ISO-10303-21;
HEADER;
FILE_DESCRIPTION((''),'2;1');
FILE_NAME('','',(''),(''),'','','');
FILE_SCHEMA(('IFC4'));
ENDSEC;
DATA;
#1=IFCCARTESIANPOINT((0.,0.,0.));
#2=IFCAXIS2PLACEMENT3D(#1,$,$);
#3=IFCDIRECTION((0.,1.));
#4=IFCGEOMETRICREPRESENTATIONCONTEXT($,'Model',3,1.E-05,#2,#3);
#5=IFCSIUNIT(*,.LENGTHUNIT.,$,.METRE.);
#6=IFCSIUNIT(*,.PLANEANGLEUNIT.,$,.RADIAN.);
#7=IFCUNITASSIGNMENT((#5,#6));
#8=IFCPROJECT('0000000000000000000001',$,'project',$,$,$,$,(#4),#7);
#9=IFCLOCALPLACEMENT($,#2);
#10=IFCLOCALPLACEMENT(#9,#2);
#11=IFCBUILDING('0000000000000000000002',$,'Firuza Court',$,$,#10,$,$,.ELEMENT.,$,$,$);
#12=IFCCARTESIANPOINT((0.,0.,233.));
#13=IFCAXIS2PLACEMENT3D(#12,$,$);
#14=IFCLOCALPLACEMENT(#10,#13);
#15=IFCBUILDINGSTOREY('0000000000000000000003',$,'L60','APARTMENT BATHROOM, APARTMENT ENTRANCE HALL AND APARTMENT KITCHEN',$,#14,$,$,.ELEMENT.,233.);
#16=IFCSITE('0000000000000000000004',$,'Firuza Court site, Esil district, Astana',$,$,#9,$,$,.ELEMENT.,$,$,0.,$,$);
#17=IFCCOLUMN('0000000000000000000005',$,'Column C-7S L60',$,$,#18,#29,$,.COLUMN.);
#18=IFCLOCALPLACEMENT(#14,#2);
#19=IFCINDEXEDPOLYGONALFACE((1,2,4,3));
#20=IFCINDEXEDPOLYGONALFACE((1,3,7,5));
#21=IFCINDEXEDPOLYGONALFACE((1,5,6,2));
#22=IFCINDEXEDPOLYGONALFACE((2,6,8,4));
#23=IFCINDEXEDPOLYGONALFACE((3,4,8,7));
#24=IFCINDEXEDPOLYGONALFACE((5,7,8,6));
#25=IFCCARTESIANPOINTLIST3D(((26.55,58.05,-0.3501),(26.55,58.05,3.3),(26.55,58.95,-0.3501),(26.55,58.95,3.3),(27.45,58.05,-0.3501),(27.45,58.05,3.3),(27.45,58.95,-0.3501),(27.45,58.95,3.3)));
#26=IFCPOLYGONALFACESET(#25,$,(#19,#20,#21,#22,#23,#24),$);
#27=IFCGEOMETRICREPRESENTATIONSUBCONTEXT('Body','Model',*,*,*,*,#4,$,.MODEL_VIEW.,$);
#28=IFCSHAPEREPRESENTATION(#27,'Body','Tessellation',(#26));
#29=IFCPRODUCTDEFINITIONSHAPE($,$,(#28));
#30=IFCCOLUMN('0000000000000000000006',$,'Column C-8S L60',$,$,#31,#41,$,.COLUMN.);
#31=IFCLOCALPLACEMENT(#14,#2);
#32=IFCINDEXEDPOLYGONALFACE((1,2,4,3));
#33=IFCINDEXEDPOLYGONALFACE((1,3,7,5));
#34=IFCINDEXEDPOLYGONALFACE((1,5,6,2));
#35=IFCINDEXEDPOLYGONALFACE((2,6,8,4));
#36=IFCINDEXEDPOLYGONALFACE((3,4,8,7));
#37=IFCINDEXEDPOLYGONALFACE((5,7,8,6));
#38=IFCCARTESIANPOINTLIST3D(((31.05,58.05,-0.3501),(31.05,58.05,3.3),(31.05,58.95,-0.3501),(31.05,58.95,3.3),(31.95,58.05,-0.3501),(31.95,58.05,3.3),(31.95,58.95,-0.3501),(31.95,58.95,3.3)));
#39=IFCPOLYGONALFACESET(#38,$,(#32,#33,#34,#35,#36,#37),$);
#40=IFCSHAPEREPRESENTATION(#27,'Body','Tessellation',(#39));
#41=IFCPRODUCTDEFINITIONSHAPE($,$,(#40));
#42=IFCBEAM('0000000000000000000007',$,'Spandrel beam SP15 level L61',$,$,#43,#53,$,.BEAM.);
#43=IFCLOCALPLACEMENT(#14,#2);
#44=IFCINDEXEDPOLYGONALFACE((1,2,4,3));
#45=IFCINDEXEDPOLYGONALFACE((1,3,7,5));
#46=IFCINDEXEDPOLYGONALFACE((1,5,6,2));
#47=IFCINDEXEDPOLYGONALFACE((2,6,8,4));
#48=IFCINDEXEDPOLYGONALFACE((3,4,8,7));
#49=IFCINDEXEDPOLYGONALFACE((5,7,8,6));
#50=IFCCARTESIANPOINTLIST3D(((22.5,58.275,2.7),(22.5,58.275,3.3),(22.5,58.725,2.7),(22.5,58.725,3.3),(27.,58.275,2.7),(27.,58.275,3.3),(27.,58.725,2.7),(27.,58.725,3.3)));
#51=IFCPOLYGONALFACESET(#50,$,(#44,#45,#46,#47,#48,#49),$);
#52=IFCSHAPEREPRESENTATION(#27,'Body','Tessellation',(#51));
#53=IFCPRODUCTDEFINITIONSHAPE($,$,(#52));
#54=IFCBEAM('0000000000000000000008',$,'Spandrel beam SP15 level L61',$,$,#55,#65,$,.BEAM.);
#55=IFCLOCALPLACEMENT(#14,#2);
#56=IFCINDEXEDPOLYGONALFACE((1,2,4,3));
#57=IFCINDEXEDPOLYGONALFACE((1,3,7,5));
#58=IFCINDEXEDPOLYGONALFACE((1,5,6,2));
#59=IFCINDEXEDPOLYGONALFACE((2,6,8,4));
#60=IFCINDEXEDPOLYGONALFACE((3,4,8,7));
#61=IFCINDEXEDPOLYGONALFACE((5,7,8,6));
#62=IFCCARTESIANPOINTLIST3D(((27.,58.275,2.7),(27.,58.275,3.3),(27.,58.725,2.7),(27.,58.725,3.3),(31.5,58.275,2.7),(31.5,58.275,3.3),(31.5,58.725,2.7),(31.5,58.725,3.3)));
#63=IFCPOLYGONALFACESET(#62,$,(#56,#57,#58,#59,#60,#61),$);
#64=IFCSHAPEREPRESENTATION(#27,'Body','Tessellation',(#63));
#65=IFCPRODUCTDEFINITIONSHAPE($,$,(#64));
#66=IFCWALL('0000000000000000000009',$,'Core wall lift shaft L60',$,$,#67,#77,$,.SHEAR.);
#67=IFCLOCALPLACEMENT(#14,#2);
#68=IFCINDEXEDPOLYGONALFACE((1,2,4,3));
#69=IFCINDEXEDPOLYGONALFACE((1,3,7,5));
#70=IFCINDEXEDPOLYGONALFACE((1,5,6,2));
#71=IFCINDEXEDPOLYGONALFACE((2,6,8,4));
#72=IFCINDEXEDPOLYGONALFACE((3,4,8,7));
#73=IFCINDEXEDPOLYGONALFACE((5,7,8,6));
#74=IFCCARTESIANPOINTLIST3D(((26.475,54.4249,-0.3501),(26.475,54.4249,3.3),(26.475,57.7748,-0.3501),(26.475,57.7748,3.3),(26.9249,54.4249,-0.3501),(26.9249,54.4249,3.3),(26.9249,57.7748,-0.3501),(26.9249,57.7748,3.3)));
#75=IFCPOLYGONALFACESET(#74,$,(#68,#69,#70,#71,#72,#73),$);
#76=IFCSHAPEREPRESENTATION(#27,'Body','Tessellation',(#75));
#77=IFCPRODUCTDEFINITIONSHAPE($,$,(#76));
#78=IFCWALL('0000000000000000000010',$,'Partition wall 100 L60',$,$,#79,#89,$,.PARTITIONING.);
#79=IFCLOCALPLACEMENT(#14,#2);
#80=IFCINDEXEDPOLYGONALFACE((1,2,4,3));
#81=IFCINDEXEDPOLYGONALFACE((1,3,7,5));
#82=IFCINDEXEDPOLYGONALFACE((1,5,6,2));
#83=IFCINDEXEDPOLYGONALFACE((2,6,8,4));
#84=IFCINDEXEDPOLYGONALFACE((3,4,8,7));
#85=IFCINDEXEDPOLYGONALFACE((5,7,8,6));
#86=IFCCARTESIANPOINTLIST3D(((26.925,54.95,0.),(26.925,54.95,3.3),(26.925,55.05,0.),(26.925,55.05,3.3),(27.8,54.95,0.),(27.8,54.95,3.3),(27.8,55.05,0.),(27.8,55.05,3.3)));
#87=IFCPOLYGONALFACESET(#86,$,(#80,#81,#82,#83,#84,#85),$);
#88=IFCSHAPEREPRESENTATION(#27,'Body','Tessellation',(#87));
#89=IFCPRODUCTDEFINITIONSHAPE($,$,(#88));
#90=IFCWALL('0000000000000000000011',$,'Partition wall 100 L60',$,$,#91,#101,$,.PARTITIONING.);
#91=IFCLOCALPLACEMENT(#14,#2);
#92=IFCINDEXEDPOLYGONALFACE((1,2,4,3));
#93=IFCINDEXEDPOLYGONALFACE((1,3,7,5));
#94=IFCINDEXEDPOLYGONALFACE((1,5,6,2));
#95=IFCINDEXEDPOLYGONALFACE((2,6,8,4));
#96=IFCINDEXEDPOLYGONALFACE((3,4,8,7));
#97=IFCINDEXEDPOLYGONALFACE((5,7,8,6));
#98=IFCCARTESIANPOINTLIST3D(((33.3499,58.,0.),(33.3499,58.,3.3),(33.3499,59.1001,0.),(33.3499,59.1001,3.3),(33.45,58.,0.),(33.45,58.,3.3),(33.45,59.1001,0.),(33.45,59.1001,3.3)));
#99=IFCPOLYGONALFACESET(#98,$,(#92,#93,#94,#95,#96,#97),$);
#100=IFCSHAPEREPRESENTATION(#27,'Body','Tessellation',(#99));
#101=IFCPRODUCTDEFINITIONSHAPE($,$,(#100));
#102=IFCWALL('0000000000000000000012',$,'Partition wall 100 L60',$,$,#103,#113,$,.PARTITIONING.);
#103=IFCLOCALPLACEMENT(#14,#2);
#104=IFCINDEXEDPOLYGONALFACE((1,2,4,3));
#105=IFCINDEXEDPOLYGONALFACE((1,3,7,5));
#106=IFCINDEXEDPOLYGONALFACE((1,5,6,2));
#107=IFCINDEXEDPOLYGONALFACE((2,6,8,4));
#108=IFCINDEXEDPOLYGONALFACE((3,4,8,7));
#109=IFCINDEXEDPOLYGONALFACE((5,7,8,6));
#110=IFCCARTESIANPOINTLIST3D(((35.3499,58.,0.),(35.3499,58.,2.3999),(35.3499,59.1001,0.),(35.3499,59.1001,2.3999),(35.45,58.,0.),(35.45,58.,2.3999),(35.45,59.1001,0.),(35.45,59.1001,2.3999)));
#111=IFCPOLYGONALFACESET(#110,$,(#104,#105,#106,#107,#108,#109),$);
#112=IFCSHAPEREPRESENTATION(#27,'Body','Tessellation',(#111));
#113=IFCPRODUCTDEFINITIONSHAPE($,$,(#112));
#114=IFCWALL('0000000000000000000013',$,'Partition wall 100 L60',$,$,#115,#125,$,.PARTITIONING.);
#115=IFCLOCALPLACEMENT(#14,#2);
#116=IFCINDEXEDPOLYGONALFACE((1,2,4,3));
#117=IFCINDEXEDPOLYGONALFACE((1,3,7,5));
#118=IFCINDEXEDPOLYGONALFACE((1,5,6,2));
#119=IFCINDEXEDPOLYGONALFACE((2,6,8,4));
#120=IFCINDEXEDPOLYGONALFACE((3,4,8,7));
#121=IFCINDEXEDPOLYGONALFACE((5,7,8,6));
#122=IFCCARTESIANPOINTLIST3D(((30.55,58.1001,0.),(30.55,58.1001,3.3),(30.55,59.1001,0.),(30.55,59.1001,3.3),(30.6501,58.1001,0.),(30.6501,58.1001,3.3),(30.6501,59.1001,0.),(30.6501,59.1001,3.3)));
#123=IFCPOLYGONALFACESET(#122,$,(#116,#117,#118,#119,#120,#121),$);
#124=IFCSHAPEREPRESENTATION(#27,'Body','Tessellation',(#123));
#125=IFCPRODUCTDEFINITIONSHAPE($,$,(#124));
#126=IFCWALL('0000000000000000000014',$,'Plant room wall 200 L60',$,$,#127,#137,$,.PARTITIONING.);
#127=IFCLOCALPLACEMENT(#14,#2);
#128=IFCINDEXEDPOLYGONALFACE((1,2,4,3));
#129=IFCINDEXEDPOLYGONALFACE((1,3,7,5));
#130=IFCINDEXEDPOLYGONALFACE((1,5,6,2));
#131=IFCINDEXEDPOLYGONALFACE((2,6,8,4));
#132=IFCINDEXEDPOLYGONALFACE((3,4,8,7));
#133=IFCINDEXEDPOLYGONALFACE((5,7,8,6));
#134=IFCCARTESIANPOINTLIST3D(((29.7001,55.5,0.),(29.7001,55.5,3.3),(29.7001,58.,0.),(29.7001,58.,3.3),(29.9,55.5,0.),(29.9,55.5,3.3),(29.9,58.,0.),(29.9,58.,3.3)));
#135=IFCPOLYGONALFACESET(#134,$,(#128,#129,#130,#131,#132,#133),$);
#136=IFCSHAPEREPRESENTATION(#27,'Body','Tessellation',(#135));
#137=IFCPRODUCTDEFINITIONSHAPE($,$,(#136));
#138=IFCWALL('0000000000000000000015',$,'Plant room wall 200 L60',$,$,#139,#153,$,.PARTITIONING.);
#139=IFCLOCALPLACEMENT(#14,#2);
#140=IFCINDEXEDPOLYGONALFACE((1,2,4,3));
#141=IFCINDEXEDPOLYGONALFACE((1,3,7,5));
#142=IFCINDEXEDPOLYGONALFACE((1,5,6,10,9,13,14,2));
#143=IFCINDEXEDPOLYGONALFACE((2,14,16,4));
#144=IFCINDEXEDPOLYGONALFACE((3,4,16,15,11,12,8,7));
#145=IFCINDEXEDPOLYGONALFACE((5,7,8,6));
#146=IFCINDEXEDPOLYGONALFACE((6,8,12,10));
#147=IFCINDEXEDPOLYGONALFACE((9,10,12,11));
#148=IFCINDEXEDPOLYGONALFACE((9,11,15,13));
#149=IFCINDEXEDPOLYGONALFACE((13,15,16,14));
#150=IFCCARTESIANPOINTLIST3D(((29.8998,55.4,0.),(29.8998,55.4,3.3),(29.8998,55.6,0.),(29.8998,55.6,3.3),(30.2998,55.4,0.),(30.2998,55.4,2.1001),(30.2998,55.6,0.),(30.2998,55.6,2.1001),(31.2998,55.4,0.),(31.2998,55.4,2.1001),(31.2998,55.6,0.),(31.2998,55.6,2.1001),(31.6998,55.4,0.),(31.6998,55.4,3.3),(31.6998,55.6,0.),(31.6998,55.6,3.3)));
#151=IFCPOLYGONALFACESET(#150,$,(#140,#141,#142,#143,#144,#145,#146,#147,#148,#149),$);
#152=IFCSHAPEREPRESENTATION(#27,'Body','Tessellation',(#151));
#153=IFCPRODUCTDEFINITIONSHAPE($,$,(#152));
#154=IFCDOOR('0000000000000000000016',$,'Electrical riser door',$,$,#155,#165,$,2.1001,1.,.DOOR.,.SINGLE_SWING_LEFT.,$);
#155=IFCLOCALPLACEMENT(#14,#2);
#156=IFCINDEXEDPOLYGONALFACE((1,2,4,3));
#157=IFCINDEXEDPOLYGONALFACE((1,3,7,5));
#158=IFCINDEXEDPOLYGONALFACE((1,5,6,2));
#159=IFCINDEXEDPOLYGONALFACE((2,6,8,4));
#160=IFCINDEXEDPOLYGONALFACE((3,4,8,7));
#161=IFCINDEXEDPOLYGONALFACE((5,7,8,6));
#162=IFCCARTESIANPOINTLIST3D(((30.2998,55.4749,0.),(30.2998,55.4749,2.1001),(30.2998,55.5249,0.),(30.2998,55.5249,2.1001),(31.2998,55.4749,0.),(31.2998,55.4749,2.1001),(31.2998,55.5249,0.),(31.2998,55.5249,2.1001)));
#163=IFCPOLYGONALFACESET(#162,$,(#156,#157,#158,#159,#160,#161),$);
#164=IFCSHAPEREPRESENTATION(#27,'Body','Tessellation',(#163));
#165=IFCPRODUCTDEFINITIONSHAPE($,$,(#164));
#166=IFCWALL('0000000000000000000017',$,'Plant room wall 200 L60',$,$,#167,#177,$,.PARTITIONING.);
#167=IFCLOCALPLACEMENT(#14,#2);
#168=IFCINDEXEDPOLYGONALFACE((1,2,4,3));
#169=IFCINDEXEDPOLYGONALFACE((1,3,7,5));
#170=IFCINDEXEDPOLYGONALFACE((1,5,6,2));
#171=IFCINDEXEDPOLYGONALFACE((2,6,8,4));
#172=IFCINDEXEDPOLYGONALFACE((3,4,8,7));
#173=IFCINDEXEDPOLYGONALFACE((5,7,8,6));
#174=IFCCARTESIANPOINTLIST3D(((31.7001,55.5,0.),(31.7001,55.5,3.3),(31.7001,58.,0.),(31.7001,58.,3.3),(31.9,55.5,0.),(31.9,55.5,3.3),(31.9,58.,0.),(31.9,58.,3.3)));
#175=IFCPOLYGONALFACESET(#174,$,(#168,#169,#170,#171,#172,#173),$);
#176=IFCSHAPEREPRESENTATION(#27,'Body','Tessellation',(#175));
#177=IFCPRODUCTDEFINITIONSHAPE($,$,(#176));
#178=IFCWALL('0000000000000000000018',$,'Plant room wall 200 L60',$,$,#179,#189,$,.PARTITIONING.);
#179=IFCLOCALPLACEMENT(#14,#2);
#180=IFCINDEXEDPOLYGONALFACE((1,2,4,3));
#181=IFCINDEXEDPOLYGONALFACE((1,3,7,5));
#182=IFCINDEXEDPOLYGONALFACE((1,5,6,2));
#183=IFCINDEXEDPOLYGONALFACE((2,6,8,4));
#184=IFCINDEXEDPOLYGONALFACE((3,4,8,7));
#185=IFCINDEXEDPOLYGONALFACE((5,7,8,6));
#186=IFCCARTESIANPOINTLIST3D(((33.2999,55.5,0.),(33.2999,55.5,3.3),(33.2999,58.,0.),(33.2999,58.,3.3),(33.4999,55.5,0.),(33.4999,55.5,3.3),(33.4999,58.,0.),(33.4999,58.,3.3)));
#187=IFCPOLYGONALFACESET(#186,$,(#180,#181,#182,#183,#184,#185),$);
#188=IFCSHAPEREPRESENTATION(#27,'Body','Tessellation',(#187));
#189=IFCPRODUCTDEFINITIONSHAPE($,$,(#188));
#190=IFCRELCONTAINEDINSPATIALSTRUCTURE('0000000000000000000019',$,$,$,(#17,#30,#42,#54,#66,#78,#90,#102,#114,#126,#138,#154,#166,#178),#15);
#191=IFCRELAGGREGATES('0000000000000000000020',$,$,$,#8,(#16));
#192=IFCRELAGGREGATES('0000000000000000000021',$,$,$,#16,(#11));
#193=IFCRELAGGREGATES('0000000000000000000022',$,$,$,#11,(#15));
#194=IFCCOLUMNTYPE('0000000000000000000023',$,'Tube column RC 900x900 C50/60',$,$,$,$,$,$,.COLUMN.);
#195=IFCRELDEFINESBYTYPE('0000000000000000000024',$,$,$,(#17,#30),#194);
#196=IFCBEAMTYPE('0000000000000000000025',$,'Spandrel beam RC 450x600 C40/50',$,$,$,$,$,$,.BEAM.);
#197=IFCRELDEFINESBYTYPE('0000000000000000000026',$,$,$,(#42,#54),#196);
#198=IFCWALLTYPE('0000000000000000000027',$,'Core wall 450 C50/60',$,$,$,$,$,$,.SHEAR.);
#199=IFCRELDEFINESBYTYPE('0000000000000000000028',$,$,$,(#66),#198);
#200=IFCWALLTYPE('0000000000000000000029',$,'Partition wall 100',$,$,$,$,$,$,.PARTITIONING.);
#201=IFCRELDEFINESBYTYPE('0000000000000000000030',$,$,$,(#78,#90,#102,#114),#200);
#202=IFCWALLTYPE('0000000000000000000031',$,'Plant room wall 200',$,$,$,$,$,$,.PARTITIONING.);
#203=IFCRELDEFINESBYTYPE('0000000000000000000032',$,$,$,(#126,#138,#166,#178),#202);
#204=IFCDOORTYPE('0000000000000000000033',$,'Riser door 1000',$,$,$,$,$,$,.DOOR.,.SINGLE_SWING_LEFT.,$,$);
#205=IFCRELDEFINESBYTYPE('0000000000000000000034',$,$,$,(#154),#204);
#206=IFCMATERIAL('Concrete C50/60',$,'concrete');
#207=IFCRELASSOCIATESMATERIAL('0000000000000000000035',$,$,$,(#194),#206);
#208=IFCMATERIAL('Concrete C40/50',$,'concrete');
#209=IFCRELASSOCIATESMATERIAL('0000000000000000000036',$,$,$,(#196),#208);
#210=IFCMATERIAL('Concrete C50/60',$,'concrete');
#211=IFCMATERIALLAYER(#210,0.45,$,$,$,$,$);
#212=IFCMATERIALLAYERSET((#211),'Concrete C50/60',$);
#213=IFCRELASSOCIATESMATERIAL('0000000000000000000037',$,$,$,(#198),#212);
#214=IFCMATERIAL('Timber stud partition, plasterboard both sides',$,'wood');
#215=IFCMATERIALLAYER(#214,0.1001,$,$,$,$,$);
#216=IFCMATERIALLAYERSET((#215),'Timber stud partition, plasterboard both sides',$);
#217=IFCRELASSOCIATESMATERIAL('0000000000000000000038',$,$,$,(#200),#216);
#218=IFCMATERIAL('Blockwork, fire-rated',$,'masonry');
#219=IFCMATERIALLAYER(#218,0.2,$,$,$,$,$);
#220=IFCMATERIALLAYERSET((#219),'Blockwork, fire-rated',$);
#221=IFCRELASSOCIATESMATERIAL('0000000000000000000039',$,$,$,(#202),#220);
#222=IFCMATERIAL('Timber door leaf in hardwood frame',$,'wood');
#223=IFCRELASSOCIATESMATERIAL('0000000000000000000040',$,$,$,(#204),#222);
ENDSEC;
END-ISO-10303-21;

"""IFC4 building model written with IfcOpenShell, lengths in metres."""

from ifc_helpers import new_model, si_unit, direction, frame, frame_2d, origin, origin_2d, place, context, subcontext, project, spatial, rectangle, extrude, material, layer, layer_set, material_profile, profile_set, type_object, element, fill, save


model = new_model("IFC4")

# Units and contexts
model_context = context("Model", 3, precision=1e-05, world=origin(), true_north=direction((0.0, 1.0)))
body_context = subcontext(model_context, "Body", "Model", "MODEL_VIEW")
ifc_project = project(units=[si_unit("LENGTHUNIT", "METRE"), si_unit("PLANEANGLEUNIT", "RADIAN")], contexts=[model_context])

# Site, building, storey
site_placement = place(None, origin())
site = spatial("IfcSite", under=ifc_project, at=site_placement, Name="Firuza Court site, Esil district, Astana", CompositionType="ELEMENT", RefElevation=0.0)
building_placement = place(site_placement, origin())
building = spatial("IfcBuilding", under=site, at=building_placement, Name="Firuza Court", CompositionType="ELEMENT")
storey_placement = place(building_placement, frame((0.0, 0.0, 233.0)))
storey = spatial("IfcBuildingStorey", under=building, at=storey_placement, Name="L60", Description="APARTMENT BATHROOM, APARTMENT ENTRANCE HALL AND APARTMENT KITCHEN", CompositionType="ELEMENT", Elevation=233.0)

# Columns
ifc_material_1 = material(Name="Concrete C50/60", Category="concrete")
ifc_material_profile_1 = material_profile(ifc_material_1, rectangle(XDim=0.8999, YDim=0.8999, at=origin_2d()), Name="RC 900x900")
ifc_profile_set_1 = profile_set([ifc_material_profile_1], Name="Concrete C50/60")
column_type = type_object("IfcColumnType", Name="Tube column RC 900x900 C50/60", PredefinedType="COLUMN", material=ifc_profile_set_1)
for number, where, z_axis, x_axis, name in (
    (1, (27.0, 58.5, -0.3501), (0.0, 0.0, 1.0), (1.0, 0.0, 0.0), "Column C-7S L60"),
    (2, (31.5, 58.5, -0.3501), (0.0, 0.0, 1.0), (1.0, 0.0, 0.0), "Column C-8S L60"),
):
    element("IfcColumn", number, at=place(storey_placement, frame(where, z_axis=z_axis, x_axis=x_axis)), inside=storey, type_object=column_type, Name=name, PredefinedType="COLUMN", context=body_context, shape_type="SweptSolid", body=[
        extrude(rectangle(XDim=0.8999, YDim=0.8999, at=origin_2d()), origin(), (0.0, 0.0, 1.0), 3.6501),
    ])

# Beams
ifc_material_2 = material(Name="Concrete C40/50", Category="concrete")
ifc_material_profile_2 = material_profile(ifc_material_2, rectangle(XDim=0.45, YDim=0.6001, at=origin_2d()), Name="RC 450x600")
ifc_profile_set_2 = profile_set([ifc_material_profile_2], Name="Concrete C40/50")
beam_type = type_object("IfcBeamType", Name="Spandrel beam RC 450x600 C40/50", PredefinedType="BEAM", material=ifc_profile_set_2)
for number, where, z_axis, x_axis, name in (
    (3, (27.0, 58.5, 3.0), (-1.0, 0.0, 0.0), (0.0, -1.0, 0.0), "Spandrel beam SP15 level L61"),
    (4, (31.5, 58.5, 3.0), (-1.0, 0.0, 0.0), (0.0, -1.0, 0.0), "Spandrel beam SP15 level L61"),
):
    element("IfcBeam", number, at=place(storey_placement, frame(where, z_axis=z_axis, x_axis=x_axis)), inside=storey, type_object=beam_type, Name=name, PredefinedType="BEAM", context=body_context, shape_type="SweptSolid", body=[
        extrude(rectangle(XDim=0.45, YDim=0.6001, at=origin_2d()), origin(), (0.0, 0.0, 1.0), 4.5),
    ])

# Walls
ifc_material_3 = material(Name="Concrete C50/60", Category="concrete")
ifc_layer_1 = layer(ifc_material_3, 0.45)
ifc_layer_set_1 = layer_set([ifc_layer_1], Name="Concrete C50/60")
wall_type_1 = type_object("IfcWallType", Name="Core wall 450 C50/60", PredefinedType="SHEAR", material=ifc_layer_set_1)
wall_1_placement = place(storey_placement, frame((26.7, 54.425, -0.3501), z_axis=(0.0, 0.0, 1.0), x_axis=(0.0, 1.0, 0.0)))
element("IfcWall", 5, at=wall_1_placement, inside=storey, type_object=wall_type_1, Name="Core wall lift shaft L60", PredefinedType="SHEAR", context=body_context, shape_type="SweptSolid", body=[
    extrude(rectangle(XDim=3.3499, YDim=0.45, at=frame_2d((1.6748, 0.0))), origin(), (0.0, 0.0, 1.0), 3.6501),
])
ifc_material_4 = material(Name="Timber stud partition, plasterboard both sides", Category="wood")
ifc_layer_2 = layer(ifc_material_4, 0.1001)
ifc_layer_set_2 = layer_set([ifc_layer_2], Name="Timber stud partition, plasterboard both sides")
wall_type_2 = type_object("IfcWallType", Name="Partition wall 100", PredefinedType="PARTITIONING", material=ifc_layer_set_2)
wall_2_placement = place(storey_placement, frame((26.925, 55.0, 0.0), z_axis=(0.0, 0.0, 1.0), x_axis=(1.0, 0.0, 0.0)))
element("IfcWall", 6, at=wall_2_placement, inside=storey, type_object=wall_type_2, Name="Partition wall 100 L60", PredefinedType="PARTITIONING", context=body_context, shape_type="SweptSolid", body=[
    extrude(rectangle(XDim=0.875, YDim=0.1001, at=frame_2d((0.4375, 0.0))), origin(), (0.0, 0.0, 1.0), 3.3),
])
wall_3_placement = place(storey_placement, frame((33.3999, 58.0, 0.0), z_axis=(0.0, 0.0, 1.0), x_axis=(0.0, 1.0, 0.0)))
element("IfcWall", 7, at=wall_3_placement, inside=storey, type_object=wall_type_2, Name="Partition wall 100 L60", PredefinedType="PARTITIONING", context=body_context, shape_type="SweptSolid", body=[
    extrude(rectangle(XDim=1.1001, YDim=0.1001, at=frame_2d((0.55, 0.0))), origin(), (0.0, 0.0, 1.0), 3.3),
])
wall_4_placement = place(storey_placement, frame((35.3999, 58.0, 0.0), z_axis=(0.0, 0.0, 1.0), x_axis=(0.0, 1.0, 0.0)))
element("IfcWall", 8, at=wall_4_placement, inside=storey, type_object=wall_type_2, Name="Partition wall 100 L60", PredefinedType="PARTITIONING", context=body_context, shape_type="SweptSolid", body=[
    extrude(rectangle(XDim=1.1001, YDim=0.1001, at=frame_2d((0.55, 0.0))), origin(), (0.0, 0.0, 1.0), 2.3999),
])
wall_5_placement = place(storey_placement, frame((30.6001, 58.1001, 0.0), z_axis=(0.0, 0.0, 1.0), x_axis=(0.0, 1.0, 0.0)))
element("IfcWall", 9, at=wall_5_placement, inside=storey, type_object=wall_type_2, Name="Partition wall 100 L60", PredefinedType="PARTITIONING", context=body_context, shape_type="SweptSolid", body=[
    extrude(rectangle(XDim=1.0, YDim=0.1001, at=frame_2d((0.5, 0.0))), origin(), (0.0, 0.0, 1.0), 3.3),
])
ifc_material_5 = material(Name="Blockwork, fire-rated", Category="masonry")
ifc_layer_3 = layer(ifc_material_5, 0.2)
ifc_layer_set_3 = layer_set([ifc_layer_3], Name="Blockwork, fire-rated")
wall_type_3 = type_object("IfcWallType", Name="Plant room wall 200", PredefinedType="PARTITIONING", material=ifc_layer_set_3)
wall_6_placement = place(storey_placement, frame((29.8, 55.5, 0.0), z_axis=(0.0, 0.0, 1.0), x_axis=(0.0, 1.0, 0.0)))
element("IfcWall", 10, at=wall_6_placement, inside=storey, type_object=wall_type_3, Name="Plant room wall 200 L60", PredefinedType="PARTITIONING", context=body_context, shape_type="SweptSolid", body=[
    extrude(rectangle(XDim=2.5, YDim=0.2, at=frame_2d((1.25, 0.0))), origin(), (0.0, 0.0, 1.0), 3.3),
])

# Wall, opening, door
wall_7_placement = place(storey_placement, frame((29.8999, 55.5, 0.0), z_axis=(0.0, 0.0, 1.0), x_axis=(1.0, 0.0, 0.0)))
wall_7 = element("IfcWall", 11, at=wall_7_placement, inside=storey, type_object=wall_type_3, Name="Plant room wall 200 L60", PredefinedType="PARTITIONING", context=body_context, shape_type="SweptSolid", body=[
    extrude(rectangle(XDim=1.8, YDim=0.2, at=frame_2d((0.8999, 0.0))), origin(), (0.0, 0.0, 1.0), 3.3),
])
opening_1_placement = place(wall_7_placement, frame((0.3999, 0.0, 0.0)))
opening_1 = element("IfcOpeningElement", 12, at=opening_1_placement, cuts=wall_7, PredefinedType="OPENING", context=body_context, shape_type="SweptSolid", body=[
    extrude(rectangle(XDim=1.0, YDim=2.1001, at=frame_2d((0.5, 1.05))), frame((0.0, 0.1118, 0.0), z_axis=(0.0, -1.0, 0.0), x_axis=(1.0, 0.0, 0.0)), (0.0, 0.0, 1.0), 0.2239),
])
ifc_material_6 = material(Name="Timber door leaf in hardwood frame", Category="wood")
door_type = type_object("IfcDoorType", Name="Riser door 1000", OperationType="SINGLE_SWING_LEFT", PredefinedType="DOOR", material=ifc_material_6)
door_1_placement = place(opening_1_placement, origin())
door_1 = element("IfcDoor", 13, at=door_1_placement, inside=storey, type_object=door_type, Name="Electrical riser door", OperationType="SINGLE_SWING_LEFT", OverallHeight=2.1001, OverallWidth=1.0, PredefinedType="DOOR", context=body_context, shape_type="SweptSolid", body=[
    extrude(rectangle(XDim=1.0, YDim=2.1001, at=frame_2d((0.5, 1.05))), frame((0.0, 0.0249, 0.0), z_axis=(0.0, -1.0, 0.0), x_axis=(1.0, 0.0, 0.0)), (0.0, 0.0, 1.0), 0.05),
])
fill(opening_1, door_1)

# Walls
for number, where, z_axis, x_axis, name in (
    (14, (31.8, 55.5, 0.0), (0.0, 0.0, 1.0), (0.0, 1.0, 0.0), "Plant room wall 200 L60"),
    (15, (33.3999, 55.5, 0.0), (0.0, 0.0, 1.0), (0.0, 1.0, 0.0), "Plant room wall 200 L60"),
):
    element("IfcWall", number, at=place(storey_placement, frame(where, z_axis=z_axis, x_axis=x_axis)), inside=storey, type_object=wall_type_3, Name=name, PredefinedType="PARTITIONING", context=body_context, shape_type="SweptSolid", body=[
        extrude(rectangle(XDim=2.5, YDim=0.2, at=frame_2d((1.25, 0.0))), origin(), (0.0, 0.0, 1.0), 3.3),
    ])

save(model, "model.ifc")
